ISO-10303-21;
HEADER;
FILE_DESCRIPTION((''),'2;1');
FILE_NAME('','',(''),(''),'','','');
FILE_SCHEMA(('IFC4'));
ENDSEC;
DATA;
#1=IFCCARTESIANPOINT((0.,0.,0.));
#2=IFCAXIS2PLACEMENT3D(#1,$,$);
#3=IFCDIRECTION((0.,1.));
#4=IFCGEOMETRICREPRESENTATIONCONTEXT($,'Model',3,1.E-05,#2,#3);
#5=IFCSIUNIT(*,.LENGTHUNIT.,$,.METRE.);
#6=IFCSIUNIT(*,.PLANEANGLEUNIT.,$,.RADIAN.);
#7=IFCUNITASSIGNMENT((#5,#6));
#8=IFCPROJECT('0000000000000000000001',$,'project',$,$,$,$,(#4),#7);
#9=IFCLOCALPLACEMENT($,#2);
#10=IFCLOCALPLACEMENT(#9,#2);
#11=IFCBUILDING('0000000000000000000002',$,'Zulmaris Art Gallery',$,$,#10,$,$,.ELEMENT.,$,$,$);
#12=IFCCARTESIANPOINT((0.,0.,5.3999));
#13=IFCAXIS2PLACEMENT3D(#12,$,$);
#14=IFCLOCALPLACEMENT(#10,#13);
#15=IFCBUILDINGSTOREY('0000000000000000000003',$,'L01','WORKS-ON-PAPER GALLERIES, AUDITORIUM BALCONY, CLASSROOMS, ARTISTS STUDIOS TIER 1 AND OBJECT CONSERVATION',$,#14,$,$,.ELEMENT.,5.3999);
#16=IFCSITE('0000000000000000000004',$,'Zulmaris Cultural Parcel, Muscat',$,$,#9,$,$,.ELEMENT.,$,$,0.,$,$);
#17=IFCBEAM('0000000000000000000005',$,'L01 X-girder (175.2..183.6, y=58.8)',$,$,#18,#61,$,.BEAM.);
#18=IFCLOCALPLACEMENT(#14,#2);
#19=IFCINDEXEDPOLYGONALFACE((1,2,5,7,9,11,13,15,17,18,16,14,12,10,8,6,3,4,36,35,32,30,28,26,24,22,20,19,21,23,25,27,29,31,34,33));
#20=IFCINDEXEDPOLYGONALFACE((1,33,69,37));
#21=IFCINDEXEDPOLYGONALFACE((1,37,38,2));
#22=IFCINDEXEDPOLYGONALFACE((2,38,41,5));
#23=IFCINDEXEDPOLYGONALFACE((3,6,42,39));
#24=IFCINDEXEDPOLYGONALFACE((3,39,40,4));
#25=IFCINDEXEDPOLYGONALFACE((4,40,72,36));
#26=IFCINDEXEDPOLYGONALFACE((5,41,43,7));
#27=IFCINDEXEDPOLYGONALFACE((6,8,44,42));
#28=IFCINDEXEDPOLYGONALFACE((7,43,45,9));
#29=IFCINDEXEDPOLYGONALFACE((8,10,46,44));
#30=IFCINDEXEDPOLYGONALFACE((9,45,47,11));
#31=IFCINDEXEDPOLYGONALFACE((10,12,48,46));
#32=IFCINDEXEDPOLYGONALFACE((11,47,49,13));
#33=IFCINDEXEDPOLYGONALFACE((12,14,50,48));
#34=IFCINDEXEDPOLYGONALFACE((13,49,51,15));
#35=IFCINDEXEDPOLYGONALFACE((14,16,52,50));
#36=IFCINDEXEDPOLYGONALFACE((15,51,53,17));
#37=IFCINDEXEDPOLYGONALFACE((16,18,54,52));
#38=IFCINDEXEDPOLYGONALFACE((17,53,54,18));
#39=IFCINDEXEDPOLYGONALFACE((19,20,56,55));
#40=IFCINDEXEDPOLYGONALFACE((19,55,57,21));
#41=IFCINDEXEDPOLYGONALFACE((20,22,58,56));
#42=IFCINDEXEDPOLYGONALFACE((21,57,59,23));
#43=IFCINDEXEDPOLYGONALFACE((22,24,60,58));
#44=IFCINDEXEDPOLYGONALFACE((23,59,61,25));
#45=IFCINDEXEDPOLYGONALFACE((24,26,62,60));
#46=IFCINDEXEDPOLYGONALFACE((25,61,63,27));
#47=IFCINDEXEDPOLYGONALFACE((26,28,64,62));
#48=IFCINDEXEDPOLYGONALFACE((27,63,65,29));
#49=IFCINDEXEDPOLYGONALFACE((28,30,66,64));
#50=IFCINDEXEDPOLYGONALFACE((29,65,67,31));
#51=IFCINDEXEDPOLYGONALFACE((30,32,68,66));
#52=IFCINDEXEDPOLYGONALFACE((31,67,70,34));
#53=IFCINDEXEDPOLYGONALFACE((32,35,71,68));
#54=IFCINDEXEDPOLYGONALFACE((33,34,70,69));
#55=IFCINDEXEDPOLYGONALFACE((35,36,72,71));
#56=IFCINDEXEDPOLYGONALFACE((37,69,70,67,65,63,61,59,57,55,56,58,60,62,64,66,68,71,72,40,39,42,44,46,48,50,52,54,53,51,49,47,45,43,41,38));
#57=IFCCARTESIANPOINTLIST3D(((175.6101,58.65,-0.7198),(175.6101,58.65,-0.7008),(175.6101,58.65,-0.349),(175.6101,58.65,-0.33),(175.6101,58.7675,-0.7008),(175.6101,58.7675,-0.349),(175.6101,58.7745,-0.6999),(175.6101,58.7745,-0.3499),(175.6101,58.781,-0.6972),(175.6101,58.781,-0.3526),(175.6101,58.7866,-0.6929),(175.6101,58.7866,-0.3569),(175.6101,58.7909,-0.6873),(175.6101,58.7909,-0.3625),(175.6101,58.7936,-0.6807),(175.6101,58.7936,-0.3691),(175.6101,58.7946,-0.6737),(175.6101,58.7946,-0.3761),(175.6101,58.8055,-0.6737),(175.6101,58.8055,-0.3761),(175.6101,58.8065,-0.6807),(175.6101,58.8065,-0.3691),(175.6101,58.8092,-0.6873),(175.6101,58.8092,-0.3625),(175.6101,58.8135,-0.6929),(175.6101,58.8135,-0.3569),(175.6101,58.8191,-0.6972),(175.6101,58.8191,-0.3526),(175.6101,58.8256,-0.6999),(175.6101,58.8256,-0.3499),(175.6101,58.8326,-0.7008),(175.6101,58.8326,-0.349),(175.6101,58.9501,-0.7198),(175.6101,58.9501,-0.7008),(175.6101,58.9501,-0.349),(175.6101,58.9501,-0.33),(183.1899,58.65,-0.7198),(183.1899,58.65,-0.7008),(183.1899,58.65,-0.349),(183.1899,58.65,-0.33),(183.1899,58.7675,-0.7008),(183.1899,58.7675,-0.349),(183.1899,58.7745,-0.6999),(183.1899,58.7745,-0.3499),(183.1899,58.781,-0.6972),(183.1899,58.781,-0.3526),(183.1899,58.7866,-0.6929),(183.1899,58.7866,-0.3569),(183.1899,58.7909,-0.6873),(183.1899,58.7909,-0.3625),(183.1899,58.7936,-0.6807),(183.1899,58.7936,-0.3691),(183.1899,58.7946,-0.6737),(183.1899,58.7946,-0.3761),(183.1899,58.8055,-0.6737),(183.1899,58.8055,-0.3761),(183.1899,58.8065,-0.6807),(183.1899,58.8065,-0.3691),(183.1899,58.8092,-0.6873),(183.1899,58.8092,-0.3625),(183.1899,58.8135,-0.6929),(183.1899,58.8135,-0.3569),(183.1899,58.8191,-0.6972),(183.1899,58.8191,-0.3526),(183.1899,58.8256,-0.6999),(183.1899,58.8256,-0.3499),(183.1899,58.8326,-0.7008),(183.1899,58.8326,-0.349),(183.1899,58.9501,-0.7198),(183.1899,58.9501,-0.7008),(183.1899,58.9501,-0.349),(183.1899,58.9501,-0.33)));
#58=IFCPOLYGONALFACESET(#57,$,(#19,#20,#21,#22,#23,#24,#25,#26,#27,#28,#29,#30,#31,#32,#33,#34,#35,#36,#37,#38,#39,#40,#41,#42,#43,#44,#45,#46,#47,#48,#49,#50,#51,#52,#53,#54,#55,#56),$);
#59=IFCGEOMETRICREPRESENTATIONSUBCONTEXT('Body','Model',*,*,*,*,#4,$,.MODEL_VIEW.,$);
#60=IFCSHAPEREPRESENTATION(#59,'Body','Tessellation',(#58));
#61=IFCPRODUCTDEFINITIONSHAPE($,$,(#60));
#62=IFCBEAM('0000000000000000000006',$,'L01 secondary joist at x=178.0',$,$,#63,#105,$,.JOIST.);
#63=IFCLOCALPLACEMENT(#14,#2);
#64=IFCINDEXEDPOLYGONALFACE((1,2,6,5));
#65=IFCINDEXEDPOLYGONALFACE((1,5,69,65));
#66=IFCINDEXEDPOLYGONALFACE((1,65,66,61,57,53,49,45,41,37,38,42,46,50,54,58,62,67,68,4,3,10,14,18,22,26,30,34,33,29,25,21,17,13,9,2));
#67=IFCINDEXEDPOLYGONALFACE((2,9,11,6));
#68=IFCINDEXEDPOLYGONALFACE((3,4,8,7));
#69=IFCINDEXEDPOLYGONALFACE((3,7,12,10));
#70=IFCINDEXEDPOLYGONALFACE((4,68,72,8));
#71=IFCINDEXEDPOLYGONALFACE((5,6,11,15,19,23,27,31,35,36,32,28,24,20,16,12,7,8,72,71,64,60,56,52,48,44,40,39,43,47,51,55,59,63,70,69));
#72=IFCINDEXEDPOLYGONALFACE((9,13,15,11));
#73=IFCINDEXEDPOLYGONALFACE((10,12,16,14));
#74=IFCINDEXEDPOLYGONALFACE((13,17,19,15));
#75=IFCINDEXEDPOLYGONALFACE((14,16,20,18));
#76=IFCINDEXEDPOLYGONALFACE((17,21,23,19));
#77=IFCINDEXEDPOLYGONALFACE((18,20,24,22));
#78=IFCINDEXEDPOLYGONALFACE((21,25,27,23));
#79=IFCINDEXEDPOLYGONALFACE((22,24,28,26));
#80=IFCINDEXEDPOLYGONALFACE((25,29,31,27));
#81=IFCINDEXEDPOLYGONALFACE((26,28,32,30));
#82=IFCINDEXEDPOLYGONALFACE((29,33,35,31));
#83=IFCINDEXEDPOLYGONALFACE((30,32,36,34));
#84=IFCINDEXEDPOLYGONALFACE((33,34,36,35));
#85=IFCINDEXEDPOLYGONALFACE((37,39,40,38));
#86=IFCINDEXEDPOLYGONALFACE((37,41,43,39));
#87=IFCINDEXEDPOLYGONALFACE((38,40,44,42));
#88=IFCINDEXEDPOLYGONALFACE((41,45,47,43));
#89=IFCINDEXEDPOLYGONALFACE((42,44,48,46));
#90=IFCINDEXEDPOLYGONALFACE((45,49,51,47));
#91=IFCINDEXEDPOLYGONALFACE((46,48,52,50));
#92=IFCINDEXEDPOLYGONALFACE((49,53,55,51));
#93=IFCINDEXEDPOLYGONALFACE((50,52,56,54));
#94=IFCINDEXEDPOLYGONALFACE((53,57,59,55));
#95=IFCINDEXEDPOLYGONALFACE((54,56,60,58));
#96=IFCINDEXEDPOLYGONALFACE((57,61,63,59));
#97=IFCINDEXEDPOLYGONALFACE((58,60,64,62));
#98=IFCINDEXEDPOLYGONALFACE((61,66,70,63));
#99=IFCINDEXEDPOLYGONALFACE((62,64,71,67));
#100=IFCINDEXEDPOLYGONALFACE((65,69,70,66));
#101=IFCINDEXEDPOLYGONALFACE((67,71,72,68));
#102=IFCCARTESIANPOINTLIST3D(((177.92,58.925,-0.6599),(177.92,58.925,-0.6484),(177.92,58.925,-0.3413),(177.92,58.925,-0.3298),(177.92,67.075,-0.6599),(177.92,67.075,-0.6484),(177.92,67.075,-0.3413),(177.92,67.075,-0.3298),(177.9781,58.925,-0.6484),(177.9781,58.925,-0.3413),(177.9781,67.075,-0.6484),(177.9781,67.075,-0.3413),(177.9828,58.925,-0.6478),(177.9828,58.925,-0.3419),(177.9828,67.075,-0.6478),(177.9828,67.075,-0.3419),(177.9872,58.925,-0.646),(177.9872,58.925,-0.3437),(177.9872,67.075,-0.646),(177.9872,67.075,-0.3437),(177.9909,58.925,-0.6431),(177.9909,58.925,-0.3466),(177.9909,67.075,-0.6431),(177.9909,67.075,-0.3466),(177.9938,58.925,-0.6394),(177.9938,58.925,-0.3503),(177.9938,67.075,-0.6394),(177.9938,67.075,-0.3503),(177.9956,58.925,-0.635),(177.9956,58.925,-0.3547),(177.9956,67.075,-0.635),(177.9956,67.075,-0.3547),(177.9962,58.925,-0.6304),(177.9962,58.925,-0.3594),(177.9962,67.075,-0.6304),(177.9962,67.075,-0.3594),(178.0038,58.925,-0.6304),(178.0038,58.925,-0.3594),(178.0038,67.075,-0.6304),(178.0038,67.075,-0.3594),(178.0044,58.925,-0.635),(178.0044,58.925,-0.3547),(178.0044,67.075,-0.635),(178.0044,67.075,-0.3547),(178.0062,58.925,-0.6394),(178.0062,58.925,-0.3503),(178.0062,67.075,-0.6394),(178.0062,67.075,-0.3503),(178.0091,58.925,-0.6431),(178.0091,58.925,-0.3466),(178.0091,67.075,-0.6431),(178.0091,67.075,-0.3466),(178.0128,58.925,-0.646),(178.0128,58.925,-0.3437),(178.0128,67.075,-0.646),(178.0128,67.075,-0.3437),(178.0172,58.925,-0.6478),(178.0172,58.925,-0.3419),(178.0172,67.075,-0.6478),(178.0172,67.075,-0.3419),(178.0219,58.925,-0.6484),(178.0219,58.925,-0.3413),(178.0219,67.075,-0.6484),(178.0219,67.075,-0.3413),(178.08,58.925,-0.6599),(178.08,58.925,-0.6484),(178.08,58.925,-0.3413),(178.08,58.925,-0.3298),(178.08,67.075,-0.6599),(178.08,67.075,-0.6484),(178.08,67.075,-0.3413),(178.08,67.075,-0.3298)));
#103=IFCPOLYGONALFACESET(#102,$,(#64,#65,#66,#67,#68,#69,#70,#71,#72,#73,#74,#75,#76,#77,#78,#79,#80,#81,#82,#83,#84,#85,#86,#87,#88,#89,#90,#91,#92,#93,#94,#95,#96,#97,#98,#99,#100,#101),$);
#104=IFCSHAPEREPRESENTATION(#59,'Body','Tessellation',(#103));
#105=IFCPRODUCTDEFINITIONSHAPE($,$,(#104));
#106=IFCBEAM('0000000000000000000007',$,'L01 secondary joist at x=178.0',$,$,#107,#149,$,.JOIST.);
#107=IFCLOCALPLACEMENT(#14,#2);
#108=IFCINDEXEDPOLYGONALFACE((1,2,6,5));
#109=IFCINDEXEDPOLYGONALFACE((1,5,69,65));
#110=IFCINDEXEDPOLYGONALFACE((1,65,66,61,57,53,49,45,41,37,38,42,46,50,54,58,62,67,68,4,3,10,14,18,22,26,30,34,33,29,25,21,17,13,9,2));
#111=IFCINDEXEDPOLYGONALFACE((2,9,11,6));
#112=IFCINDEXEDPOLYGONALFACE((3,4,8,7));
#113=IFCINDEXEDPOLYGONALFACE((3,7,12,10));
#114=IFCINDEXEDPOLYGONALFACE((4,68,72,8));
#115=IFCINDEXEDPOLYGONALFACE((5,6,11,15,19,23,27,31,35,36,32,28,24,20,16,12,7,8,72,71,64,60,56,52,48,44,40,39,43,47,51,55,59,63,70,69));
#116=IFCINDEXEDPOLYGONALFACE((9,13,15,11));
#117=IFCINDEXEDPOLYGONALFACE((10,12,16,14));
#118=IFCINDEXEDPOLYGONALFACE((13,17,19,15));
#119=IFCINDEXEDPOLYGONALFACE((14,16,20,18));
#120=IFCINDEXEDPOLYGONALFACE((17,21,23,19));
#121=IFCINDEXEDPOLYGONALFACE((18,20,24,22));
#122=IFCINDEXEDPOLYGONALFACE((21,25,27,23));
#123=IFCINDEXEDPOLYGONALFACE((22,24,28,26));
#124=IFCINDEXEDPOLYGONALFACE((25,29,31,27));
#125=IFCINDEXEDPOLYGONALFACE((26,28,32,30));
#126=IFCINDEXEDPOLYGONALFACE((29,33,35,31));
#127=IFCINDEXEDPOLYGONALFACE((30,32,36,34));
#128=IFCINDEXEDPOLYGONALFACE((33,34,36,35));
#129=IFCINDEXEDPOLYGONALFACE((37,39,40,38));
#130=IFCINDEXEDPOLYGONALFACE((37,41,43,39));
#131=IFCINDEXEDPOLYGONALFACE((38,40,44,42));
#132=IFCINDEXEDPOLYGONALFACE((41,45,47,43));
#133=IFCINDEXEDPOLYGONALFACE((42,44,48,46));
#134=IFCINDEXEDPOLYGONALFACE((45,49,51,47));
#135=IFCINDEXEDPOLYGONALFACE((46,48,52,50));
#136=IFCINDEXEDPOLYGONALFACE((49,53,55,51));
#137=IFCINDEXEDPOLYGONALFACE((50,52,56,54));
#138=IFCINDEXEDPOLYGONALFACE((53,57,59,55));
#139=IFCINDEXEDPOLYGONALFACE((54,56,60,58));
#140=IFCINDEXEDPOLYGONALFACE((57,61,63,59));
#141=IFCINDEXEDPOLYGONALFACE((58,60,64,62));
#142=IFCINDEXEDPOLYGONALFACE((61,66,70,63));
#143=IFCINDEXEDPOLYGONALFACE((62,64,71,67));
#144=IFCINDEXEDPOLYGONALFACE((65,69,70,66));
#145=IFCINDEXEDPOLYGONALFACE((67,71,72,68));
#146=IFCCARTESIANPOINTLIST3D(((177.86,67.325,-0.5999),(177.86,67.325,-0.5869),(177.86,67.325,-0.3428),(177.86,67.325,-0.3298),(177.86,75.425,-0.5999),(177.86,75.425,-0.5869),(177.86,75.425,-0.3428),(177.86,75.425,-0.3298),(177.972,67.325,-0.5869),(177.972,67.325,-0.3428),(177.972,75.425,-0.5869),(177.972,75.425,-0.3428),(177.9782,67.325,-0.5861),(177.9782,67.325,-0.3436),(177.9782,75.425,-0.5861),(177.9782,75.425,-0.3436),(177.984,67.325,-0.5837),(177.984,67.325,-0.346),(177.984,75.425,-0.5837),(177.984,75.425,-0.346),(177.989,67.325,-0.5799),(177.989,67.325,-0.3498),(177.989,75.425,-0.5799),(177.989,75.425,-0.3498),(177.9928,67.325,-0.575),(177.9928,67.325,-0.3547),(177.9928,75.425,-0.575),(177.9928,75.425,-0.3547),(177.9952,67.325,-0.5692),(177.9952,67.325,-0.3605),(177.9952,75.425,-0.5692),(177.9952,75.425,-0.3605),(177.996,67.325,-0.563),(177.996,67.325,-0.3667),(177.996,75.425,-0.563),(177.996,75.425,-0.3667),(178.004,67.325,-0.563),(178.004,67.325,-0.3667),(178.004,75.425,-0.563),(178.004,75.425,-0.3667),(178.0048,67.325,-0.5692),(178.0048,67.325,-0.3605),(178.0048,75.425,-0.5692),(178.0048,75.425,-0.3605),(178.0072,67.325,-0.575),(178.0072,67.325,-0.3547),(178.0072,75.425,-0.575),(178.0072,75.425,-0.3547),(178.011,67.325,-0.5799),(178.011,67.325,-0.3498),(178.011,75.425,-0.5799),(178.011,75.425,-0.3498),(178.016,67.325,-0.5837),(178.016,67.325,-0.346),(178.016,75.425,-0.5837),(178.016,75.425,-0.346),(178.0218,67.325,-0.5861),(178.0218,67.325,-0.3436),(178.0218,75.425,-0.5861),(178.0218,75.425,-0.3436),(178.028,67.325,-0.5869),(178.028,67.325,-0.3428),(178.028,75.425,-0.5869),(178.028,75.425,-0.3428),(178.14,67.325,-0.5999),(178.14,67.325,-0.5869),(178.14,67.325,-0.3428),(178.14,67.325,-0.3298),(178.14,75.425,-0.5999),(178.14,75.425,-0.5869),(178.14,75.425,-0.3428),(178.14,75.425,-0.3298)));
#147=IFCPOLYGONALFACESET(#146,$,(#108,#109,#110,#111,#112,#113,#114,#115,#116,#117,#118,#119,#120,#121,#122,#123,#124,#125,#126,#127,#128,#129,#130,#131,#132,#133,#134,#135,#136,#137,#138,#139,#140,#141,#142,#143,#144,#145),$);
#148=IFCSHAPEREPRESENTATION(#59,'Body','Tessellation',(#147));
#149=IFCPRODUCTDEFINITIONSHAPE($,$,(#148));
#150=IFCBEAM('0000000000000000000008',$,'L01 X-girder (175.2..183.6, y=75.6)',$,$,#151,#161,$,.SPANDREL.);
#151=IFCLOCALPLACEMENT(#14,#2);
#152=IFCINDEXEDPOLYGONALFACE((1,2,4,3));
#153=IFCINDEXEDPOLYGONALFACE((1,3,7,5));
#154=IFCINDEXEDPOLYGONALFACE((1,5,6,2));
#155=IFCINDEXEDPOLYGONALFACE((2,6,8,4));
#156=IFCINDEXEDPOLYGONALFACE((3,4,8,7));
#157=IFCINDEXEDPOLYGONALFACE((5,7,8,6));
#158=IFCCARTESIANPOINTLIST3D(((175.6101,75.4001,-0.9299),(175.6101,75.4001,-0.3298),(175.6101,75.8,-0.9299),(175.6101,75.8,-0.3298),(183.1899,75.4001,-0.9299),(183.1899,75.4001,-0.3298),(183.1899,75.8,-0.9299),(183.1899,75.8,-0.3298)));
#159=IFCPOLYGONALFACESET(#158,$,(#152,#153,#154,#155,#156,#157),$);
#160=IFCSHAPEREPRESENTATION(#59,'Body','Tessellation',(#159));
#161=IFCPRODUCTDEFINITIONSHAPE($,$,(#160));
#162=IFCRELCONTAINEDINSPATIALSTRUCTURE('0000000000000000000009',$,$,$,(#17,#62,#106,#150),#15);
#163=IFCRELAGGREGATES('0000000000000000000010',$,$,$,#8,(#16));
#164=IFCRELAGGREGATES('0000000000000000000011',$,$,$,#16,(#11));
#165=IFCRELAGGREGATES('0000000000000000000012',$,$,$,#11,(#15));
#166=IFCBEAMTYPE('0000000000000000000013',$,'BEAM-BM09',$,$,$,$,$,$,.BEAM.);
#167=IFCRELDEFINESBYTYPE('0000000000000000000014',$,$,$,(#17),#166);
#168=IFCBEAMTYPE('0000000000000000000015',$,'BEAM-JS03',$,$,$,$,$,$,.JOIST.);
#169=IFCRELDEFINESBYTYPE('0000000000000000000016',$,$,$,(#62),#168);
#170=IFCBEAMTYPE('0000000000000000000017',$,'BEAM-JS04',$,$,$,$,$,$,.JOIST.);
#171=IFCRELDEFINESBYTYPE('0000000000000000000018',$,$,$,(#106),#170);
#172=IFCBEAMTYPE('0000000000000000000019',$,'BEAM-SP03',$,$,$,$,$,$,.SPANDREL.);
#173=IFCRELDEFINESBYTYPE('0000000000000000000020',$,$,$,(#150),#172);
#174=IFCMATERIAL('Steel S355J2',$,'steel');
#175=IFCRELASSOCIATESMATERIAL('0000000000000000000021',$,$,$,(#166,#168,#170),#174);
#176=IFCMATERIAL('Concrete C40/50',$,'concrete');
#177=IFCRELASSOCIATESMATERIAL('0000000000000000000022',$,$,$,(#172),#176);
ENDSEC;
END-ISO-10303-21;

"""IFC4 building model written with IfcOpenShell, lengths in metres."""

from ifc_helpers import new_model, si_unit, direction, frame, origin, origin_2d, place, context, subcontext, project, spatial, rectangle, i_section, extrude, material, material_profile, profile_set, type_object, element, save


model = new_model("IFC4")

# Units and contexts
model_context = context("Model", 3, precision=1e-05, world=origin(), true_north=direction((0.0, 1.0)))
body_context = subcontext(model_context, "Body", "Model", "MODEL_VIEW")
ifc_project = project(units=[si_unit("LENGTHUNIT", "METRE"), si_unit("PLANEANGLEUNIT", "RADIAN")], contexts=[model_context])

# Site, building, storey
site_placement = place(None, origin())
site = spatial("IfcSite", under=ifc_project, at=site_placement, Name="Zulmaris Cultural Parcel, Muscat", CompositionType="ELEMENT", RefElevation=0.0)
building_placement = place(site_placement, origin())
building = spatial("IfcBuilding", under=site, at=building_placement, Name="Zulmaris Art Gallery", CompositionType="ELEMENT")
storey_placement = place(building_placement, frame((0.0, 0.0, 5.3999)))
storey = spatial("IfcBuildingStorey", under=building, at=storey_placement, Name="L01", Description="WORKS-ON-PAPER GALLERIES, AUDITORIUM BALCONY, CLASSROOMS, ARTISTS STUDIOS TIER 1 AND OBJECT CONSERVATION", CompositionType="ELEMENT", Elevation=5.3999)

# Beams
ifc_material_1 = material(Name="Steel S355J2", Category="steel")
ifc_material_profile_1 = material_profile(ifc_material_1, i_section(OverallWidth=0.3, OverallDepth=0.3899, WebThickness=0.011, FlangeThickness=0.019, FilletRadius=0.0271, at=origin_2d()), Name="HEA 400")
ifc_profile_set_1 = profile_set([ifc_material_profile_1], Name="Steel S355J2")
beam_type_1 = type_object("IfcBeamType", Name="BEAM-BM09", PredefinedType="BEAM", material=ifc_profile_set_1)
beam_1_placement = place(storey_placement, frame((175.6101, 58.8, -0.5249), z_axis=(1.0, 0.0, 0.0), x_axis=(0.0, 1.0, 0.0)))
element("IfcBeam", 1, at=beam_1_placement, inside=storey, type_object=beam_type_1, Name="L01 X-girder (175.2..183.6, y=58.8)", PredefinedType="BEAM", context=body_context, shape_type="SweptSolid", body=[
    extrude(i_section(OverallWidth=0.3, OverallDepth=0.3899, WebThickness=0.011, FlangeThickness=0.019, FilletRadius=0.0271, at=origin_2d()), origin(), (0.0, 0.0, 1.0), 7.5798),
])
ifc_material_profile_2 = material_profile(ifc_material_1, i_section(OverallWidth=0.1599, OverallDepth=0.3301, WebThickness=0.0076, FlangeThickness=0.0115, FilletRadius=0.0181, at=origin_2d()), Name="IPE 330")
ifc_profile_set_2 = profile_set([ifc_material_profile_2], Name="Steel S355J2")
beam_type_2 = type_object("IfcBeamType", Name="BEAM-JS03", PredefinedType="JOIST", material=ifc_profile_set_2)
beam_2_placement = place(storey_placement, frame((178.0, 58.925, -0.4949), z_axis=(0.0, 1.0, 0.0), x_axis=(-1.0, 0.0, 0.0)))
element("IfcBeam", 2, at=beam_2_placement, inside=storey, type_object=beam_type_2, Name="L01 secondary joist at x=178.0", PredefinedType="JOIST", context=body_context, shape_type="SweptSolid", body=[
    extrude(i_section(OverallWidth=0.1599, OverallDepth=0.3301, WebThickness=0.0076, FlangeThickness=0.0115, FilletRadius=0.0181, at=origin_2d()), origin(), (0.0, 0.0, 1.0), 8.1499),
])
ifc_material_profile_3 = material_profile(ifc_material_1, i_section(OverallWidth=0.28, OverallDepth=0.27, WebThickness=0.0081, FlangeThickness=0.0129, FilletRadius=0.0239, at=origin_2d()), Name="HEA 280")
ifc_profile_set_3 = profile_set([ifc_material_profile_3], Name="Steel S355J2")
beam_type_3 = type_object("IfcBeamType", Name="BEAM-JS04", PredefinedType="JOIST", material=ifc_profile_set_3)
beam_3_placement = place(storey_placement, frame((178.0, 67.325, -0.4648), z_axis=(0.0, 1.0, 0.0), x_axis=(-1.0, 0.0, 0.0)))
element("IfcBeam", 3, at=beam_3_placement, inside=storey, type_object=beam_type_3, Name="L01 secondary joist at x=178.0", PredefinedType="JOIST", context=body_context, shape_type="SweptSolid", body=[
    extrude(i_section(OverallWidth=0.28, OverallDepth=0.27, WebThickness=0.0081, FlangeThickness=0.0129, FilletRadius=0.0239, at=origin_2d()), origin(), (0.0, 0.0, 1.0), 8.1001),
])
ifc_material_2 = material(Name="Concrete C40/50", Category="concrete")
ifc_material_profile_4 = material_profile(ifc_material_2, rectangle(XDim=0.3999, YDim=0.6001, at=origin_2d()), Name="RC 400x600")
ifc_profile_set_4 = profile_set([ifc_material_profile_4], Name="Concrete C40/50")
beam_type_4 = type_object("IfcBeamType", Name="BEAM-SP03", PredefinedType="SPANDREL", material=ifc_profile_set_4)
beam_4_placement = place(storey_placement, frame((175.6101, 75.6001, -0.6299), z_axis=(1.0, 0.0, 0.0), x_axis=(0.0, 1.0, 0.0)))
element("IfcBeam", 4, at=beam_4_placement, inside=storey, type_object=beam_type_4, Name="L01 X-girder (175.2..183.6, y=75.6)", PredefinedType="SPANDREL", context=body_context, shape_type="SweptSolid", body=[
    extrude(rectangle(XDim=0.3999, YDim=0.6001, at=origin_2d()), origin(), (0.0, 0.0, 1.0), 7.5798),
])

save(model, "model.ifc")
